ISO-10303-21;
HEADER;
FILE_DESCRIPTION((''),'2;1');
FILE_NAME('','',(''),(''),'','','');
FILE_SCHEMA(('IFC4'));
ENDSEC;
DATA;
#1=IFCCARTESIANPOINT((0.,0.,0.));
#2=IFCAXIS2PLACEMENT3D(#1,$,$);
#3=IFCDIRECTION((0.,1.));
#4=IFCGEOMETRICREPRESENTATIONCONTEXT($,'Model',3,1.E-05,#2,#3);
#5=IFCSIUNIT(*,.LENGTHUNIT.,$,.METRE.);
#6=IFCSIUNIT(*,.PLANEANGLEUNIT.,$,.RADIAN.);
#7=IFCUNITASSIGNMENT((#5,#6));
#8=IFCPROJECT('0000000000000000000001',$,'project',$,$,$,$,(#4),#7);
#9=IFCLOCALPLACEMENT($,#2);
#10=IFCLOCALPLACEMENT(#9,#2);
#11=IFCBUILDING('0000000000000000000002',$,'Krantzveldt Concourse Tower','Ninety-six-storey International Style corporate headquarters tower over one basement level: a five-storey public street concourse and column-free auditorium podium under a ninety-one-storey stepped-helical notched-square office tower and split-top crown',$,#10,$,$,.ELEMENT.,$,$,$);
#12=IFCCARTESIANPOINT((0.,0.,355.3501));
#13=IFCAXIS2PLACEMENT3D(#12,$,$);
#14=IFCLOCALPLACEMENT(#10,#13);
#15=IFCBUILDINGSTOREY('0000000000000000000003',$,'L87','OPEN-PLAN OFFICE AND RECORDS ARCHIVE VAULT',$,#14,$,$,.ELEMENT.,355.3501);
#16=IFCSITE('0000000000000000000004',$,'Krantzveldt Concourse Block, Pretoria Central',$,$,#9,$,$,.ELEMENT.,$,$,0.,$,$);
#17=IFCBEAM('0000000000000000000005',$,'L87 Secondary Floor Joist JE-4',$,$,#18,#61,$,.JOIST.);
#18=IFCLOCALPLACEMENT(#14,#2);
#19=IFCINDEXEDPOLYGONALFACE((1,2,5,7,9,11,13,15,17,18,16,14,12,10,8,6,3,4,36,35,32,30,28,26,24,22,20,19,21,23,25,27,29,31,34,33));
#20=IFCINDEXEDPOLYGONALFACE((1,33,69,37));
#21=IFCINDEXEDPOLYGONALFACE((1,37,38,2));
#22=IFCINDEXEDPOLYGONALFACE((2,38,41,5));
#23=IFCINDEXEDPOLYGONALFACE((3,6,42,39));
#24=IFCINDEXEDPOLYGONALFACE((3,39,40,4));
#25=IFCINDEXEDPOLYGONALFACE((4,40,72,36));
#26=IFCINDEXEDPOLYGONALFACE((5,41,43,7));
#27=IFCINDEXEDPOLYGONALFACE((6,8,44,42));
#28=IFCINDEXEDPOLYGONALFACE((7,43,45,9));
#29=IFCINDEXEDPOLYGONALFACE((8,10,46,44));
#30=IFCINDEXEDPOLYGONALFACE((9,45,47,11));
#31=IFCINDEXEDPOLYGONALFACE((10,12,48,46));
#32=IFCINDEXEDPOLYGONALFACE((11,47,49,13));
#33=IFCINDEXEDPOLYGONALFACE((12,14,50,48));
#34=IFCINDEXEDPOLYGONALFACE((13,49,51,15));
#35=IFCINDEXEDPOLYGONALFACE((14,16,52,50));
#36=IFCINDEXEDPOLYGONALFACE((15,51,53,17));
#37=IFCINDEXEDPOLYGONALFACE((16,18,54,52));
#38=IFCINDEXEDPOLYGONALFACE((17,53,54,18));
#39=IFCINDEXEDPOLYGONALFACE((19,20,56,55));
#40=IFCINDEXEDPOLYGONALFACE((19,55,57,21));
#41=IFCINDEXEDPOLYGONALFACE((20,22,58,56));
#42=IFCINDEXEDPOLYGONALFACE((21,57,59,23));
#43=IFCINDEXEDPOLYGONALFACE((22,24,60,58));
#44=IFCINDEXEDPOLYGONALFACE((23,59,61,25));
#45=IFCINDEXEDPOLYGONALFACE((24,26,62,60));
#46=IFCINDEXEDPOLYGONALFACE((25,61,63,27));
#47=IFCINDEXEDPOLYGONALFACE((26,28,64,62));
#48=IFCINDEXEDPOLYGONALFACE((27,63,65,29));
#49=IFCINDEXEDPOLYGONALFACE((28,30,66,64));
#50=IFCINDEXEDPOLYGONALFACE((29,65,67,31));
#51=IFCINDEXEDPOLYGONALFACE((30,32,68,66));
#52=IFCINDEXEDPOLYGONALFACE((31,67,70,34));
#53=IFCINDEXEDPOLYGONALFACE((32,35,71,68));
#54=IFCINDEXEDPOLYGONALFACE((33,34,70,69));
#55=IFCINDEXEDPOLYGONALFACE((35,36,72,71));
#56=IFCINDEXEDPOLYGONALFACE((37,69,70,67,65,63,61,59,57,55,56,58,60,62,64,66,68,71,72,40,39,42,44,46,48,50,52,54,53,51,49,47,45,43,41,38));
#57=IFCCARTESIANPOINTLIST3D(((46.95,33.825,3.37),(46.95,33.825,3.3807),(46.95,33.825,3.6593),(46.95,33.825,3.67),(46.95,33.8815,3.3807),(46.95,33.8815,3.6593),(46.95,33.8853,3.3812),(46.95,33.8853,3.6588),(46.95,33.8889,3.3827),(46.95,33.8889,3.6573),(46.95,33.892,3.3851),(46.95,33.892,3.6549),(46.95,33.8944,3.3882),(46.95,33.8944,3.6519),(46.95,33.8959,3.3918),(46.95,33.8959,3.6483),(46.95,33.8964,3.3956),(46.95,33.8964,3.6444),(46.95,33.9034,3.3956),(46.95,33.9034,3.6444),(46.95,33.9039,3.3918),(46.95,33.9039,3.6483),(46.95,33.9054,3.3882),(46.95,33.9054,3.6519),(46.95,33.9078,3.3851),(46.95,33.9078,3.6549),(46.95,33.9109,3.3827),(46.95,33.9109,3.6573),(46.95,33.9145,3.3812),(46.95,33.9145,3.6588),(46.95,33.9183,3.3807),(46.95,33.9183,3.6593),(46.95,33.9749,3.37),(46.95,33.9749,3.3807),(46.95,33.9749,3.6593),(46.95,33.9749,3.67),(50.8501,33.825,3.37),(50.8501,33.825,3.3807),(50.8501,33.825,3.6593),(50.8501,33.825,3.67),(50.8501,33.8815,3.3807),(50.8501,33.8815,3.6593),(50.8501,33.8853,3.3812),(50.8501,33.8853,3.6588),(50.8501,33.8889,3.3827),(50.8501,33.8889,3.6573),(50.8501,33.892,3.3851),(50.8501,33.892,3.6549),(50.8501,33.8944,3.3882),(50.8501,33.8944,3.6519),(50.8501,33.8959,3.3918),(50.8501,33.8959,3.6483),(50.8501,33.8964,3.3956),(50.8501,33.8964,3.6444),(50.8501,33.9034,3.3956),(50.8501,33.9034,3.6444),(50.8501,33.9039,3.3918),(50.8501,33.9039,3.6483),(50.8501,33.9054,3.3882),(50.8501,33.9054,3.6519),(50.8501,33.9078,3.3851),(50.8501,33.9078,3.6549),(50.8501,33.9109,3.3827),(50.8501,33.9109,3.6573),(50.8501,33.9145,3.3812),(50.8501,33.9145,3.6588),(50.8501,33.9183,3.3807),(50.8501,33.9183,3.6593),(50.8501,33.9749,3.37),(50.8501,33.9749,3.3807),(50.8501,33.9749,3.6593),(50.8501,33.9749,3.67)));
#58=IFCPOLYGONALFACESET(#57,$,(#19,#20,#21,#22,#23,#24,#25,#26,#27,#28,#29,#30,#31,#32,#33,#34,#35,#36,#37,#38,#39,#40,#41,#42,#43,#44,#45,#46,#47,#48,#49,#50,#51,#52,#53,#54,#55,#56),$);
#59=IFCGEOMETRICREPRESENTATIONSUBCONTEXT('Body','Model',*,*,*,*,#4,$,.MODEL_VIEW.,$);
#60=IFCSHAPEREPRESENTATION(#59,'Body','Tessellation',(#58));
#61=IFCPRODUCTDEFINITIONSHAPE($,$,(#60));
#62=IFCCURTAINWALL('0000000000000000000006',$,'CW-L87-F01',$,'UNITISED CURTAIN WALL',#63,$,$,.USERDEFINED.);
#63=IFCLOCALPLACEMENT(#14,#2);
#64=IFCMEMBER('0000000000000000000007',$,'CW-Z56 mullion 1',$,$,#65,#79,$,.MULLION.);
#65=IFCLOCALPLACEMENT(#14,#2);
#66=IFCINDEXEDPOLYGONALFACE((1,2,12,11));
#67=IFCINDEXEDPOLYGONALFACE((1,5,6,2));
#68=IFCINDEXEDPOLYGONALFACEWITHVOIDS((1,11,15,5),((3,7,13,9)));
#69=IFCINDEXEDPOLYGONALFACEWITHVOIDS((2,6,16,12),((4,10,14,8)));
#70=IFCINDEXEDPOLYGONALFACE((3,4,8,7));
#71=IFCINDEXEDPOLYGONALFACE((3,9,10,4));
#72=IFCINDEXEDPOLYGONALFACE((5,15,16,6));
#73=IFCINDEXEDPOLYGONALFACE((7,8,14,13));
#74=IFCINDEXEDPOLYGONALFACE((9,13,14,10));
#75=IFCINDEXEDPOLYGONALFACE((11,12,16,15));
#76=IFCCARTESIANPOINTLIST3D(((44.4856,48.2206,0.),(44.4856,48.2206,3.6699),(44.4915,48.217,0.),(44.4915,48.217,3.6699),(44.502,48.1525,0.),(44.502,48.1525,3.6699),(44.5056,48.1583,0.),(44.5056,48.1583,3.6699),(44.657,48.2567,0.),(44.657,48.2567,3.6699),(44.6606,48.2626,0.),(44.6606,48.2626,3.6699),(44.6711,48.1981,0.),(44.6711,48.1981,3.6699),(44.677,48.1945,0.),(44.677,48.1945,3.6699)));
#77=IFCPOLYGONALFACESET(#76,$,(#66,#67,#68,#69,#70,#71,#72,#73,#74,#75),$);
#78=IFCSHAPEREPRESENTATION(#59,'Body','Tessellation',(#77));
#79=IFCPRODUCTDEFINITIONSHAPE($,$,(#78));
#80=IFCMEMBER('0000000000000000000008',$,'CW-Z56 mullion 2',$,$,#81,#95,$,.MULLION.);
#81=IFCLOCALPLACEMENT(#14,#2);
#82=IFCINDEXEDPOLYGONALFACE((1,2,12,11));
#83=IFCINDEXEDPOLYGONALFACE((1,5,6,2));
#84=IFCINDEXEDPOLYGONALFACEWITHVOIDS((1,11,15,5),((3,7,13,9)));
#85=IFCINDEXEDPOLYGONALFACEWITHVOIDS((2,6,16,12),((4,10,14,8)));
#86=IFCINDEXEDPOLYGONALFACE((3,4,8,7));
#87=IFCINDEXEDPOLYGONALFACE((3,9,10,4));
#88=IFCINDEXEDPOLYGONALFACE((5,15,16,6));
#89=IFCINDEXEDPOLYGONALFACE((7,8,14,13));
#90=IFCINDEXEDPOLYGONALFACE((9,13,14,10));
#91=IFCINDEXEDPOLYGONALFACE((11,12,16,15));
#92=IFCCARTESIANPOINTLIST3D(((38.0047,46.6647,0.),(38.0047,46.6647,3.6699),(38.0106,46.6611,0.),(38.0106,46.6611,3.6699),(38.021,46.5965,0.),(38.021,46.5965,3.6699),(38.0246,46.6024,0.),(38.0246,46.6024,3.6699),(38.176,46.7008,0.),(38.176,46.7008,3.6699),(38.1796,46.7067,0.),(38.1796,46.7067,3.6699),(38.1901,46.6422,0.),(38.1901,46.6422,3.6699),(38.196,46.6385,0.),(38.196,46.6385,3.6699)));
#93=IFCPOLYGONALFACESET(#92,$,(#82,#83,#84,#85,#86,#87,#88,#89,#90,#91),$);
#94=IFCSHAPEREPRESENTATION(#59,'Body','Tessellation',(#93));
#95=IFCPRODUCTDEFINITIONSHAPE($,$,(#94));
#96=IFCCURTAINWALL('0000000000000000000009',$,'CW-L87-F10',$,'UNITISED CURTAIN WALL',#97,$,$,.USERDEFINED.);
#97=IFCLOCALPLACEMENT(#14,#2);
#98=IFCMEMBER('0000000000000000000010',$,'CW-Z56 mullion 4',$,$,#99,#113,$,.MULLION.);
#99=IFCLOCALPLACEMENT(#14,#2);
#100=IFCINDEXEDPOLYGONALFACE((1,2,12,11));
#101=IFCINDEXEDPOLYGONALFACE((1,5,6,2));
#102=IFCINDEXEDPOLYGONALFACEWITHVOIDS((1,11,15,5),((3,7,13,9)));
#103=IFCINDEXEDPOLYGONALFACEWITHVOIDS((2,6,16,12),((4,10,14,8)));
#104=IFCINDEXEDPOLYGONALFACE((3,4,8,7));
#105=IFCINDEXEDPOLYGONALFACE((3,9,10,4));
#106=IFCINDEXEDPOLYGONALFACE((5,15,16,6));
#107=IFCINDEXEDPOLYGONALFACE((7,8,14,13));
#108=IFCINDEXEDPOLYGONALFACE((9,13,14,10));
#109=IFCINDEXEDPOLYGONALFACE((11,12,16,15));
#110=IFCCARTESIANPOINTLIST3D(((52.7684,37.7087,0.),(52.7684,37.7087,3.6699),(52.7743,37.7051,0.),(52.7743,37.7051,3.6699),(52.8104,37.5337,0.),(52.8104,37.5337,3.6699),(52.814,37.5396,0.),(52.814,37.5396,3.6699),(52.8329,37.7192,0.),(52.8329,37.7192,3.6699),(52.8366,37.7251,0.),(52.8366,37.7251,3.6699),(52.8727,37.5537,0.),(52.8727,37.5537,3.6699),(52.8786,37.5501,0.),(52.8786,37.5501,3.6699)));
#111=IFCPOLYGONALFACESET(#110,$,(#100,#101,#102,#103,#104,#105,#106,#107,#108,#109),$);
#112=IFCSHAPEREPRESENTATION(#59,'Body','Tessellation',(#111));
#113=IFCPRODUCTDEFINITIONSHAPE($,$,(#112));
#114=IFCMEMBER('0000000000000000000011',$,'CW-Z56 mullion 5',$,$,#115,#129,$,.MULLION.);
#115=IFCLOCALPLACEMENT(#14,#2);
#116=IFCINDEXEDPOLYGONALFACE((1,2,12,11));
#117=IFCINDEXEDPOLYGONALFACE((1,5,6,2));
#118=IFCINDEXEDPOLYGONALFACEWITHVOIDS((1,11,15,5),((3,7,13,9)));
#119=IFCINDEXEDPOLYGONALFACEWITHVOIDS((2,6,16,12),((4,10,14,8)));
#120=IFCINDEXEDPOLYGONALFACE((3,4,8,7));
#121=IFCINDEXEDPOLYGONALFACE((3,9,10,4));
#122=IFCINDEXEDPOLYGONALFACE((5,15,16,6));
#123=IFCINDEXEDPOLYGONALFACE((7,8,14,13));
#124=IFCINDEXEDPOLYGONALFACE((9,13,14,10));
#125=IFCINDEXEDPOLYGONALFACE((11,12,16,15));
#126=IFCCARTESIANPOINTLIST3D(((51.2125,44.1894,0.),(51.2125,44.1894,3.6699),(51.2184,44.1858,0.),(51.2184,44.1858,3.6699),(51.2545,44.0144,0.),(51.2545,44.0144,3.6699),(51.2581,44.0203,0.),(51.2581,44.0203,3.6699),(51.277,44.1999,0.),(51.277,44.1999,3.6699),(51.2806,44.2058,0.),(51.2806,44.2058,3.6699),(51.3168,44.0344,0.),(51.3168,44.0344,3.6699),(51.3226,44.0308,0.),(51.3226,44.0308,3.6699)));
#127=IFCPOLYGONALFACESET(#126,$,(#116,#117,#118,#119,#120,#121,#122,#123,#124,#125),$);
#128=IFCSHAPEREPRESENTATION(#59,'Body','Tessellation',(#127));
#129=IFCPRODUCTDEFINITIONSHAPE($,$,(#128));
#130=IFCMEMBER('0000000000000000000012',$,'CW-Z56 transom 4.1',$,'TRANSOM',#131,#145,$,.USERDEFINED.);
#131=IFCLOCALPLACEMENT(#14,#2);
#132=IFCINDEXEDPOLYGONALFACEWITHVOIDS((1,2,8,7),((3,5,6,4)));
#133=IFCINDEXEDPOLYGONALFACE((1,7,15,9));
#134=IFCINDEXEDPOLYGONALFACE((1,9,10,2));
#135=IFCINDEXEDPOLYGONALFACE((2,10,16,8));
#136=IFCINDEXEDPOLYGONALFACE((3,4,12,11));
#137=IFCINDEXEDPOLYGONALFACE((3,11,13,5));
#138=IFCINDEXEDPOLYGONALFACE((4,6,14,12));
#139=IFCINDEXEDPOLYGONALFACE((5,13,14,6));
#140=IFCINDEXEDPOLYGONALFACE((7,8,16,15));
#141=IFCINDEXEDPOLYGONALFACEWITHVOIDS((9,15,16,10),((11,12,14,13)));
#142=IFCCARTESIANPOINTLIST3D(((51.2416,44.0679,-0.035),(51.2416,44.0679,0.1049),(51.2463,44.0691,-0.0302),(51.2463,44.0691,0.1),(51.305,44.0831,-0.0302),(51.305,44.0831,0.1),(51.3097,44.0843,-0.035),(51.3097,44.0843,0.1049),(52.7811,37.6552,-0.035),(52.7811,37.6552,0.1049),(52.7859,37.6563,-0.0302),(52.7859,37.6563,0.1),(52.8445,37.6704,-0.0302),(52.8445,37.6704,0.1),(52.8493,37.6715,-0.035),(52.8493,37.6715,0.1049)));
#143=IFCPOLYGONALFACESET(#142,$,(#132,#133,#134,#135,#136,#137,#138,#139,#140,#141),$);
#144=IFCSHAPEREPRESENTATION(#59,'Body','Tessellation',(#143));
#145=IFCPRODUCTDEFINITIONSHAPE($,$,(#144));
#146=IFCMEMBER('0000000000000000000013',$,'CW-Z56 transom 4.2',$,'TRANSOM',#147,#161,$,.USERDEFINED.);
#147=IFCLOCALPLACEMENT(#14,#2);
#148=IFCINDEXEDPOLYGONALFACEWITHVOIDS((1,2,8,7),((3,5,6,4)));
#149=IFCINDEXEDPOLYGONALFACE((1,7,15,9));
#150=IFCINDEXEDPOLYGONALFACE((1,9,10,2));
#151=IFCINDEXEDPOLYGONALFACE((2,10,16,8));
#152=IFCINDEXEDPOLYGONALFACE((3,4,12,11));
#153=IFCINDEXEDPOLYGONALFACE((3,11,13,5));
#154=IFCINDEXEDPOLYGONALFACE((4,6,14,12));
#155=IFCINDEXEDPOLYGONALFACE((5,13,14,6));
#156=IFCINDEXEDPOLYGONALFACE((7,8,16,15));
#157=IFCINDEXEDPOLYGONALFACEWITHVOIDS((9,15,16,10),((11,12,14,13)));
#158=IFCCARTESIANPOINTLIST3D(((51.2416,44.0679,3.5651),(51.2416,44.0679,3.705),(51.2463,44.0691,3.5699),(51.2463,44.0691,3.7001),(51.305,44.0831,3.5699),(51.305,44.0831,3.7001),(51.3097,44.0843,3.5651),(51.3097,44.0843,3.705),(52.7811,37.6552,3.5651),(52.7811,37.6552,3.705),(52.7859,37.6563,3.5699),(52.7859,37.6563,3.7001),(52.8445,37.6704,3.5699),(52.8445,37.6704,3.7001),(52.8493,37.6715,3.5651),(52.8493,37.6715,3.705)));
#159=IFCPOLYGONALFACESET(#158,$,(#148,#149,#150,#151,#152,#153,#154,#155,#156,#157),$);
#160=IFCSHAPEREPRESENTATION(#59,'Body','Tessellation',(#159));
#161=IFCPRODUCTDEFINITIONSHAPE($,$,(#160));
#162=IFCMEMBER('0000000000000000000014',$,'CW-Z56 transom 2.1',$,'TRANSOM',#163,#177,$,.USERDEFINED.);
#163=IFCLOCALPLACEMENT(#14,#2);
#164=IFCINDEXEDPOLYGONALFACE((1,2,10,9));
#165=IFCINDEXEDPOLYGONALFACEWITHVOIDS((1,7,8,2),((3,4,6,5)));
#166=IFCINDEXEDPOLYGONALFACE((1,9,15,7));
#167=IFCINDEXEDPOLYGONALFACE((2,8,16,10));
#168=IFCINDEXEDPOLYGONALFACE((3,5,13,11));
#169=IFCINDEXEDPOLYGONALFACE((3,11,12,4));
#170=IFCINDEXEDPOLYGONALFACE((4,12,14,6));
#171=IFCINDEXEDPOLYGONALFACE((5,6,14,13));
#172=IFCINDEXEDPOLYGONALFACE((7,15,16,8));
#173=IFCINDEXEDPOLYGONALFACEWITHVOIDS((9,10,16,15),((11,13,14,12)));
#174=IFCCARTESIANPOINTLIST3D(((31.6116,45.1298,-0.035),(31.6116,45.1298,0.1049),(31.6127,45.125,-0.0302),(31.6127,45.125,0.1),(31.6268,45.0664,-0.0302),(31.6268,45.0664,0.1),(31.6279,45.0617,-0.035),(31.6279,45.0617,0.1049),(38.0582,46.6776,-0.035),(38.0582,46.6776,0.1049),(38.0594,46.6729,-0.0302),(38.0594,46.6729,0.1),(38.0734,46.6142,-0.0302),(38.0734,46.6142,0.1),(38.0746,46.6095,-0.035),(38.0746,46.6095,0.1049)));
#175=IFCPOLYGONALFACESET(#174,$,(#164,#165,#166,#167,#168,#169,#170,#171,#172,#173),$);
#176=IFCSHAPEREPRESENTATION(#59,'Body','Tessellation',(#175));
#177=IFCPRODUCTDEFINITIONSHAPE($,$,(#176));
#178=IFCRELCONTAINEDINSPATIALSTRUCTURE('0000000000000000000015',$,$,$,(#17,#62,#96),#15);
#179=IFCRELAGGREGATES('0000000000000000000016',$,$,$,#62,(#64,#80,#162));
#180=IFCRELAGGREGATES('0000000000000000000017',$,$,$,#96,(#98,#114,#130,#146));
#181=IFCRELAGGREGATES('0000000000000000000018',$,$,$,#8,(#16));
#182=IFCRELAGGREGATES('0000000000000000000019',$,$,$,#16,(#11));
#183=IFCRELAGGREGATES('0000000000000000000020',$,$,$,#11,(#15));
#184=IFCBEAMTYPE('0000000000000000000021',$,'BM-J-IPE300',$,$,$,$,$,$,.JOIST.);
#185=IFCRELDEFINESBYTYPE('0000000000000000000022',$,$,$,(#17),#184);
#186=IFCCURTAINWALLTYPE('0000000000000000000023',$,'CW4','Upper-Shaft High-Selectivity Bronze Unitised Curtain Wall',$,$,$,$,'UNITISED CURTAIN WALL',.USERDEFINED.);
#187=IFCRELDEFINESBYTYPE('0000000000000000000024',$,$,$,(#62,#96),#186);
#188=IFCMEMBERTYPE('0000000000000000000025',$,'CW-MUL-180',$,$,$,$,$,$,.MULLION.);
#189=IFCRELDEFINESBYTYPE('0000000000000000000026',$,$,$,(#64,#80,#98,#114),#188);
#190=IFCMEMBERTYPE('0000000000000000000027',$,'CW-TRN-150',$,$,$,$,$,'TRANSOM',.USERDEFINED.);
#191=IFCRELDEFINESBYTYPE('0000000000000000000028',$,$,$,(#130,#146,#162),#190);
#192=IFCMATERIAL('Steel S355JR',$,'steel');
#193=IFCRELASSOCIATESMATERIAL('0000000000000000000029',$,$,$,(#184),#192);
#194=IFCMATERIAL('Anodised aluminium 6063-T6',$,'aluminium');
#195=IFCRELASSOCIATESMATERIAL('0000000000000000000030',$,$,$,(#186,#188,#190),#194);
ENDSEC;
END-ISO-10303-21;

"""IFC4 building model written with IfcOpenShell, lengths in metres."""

from ifc_helpers import new_model, si_unit, direction, frame, origin, origin_2d, place, context, subcontext, project, spatial, hollow_rectangle, i_section, extrude, source, transform, mapped, material, material_profile, profile_set, type_object, type_shapes, element, aggregate, save


model = new_model("IFC4")

# Units and contexts
model_context = context("Model", 3, precision=1e-05, world=origin(), true_north=direction((0.0, 1.0)))
body_context = subcontext(model_context, "Body", "Model", "MODEL_VIEW")
ifc_project = project(units=[si_unit("LENGTHUNIT", "METRE"), si_unit("PLANEANGLEUNIT", "RADIAN")], contexts=[model_context])

# Site, building, storey
site_placement = place(None, origin())
site = spatial("IfcSite", under=ifc_project, at=site_placement, Name="Krantzveldt Concourse Block, Pretoria Central", CompositionType="ELEMENT", RefElevation=0.0)
building_placement = place(site_placement, origin())
building = spatial("IfcBuilding", under=site, at=building_placement, Name="Krantzveldt Concourse Tower", Description="Ninety-six-storey International Style corporate headquarters tower over one basement level: a five-storey public street concourse and column-free auditorium podium under a ninety-one-storey stepped-helical notched-square office tower and split-top crown", CompositionType="ELEMENT")
storey_placement = place(building_placement, frame((0.0, 0.0, 355.3501)))
storey = spatial("IfcBuildingStorey", under=building, at=storey_placement, Name="L87", Description="OPEN-PLAN OFFICE AND RECORDS ARCHIVE VAULT", CompositionType="ELEMENT", Elevation=355.3501)

# Beam
ifc_material_1 = material(Name="Steel S355JR", Category="steel")
ifc_material_profile_1 = material_profile(ifc_material_1, i_section(OverallWidth=0.1499, OverallDepth=0.3, WebThickness=0.0071, FlangeThickness=0.0107, FilletRadius=0.0149, at=origin_2d()), Name="Steel S355JR", Category="steel")
ifc_profile_set_1 = profile_set([ifc_material_profile_1], Name="Steel S355JR - IPE 300")
beam_type_1 = type_object("IfcBeamType", Name="BM-J-IPE300", PredefinedType="JOIST", material=ifc_profile_set_1)
shared_shape_1 = source(origin(), body_context, "Body", "SweptSolid", [
    extrude(i_section(OverallWidth=0.1499, OverallDepth=0.3, WebThickness=0.0071, FlangeThickness=0.0107, FilletRadius=0.0149, at=origin_2d()), origin(), (0.0, 0.0, 1.0), 3.9001),
])
type_shapes(beam_type_1, [shared_shape_1])
beam_1_placement = place(storey_placement, frame((46.95, 33.8999, 3.52), z_axis=(1.0, 0.0, 0.0), x_axis=(0.0, 1.0, 0.0)))
element("IfcBeam", 1, at=beam_1_placement, inside=storey, type_object=beam_type_1, Name="L87 Secondary Floor Joist JE-4", PredefinedType="JOIST", context=body_context, shape_type="MappedRepresentation", body=[
    mapped(shared_shape_1, transform((0.0, 0.0, 0.0), x_axis=(1.0, 0.0, 0.0), y_axis=(0.0, 1.0, 0.0), z_axis=(0.0, 0.0, 1.0), scale=1.0)),
])

# Curtain walls, members
ifc_material_2 = material(Name="Anodised aluminium 6063-T6", Category="aluminium")
curtain_wall_type = type_object("IfcCurtainWallType", Name="CW4", Description="Upper-Shaft High-Selectivity Bronze Unitised Curtain Wall", ElementType="UNITISED CURTAIN WALL", PredefinedType="USERDEFINED", material=ifc_material_2)
curtain_wall_1_placement = place(storey_placement, origin())
curtain_wall_1 = element("IfcCurtainWall", 2, at=curtain_wall_1_placement, inside=storey, type_object=curtain_wall_type, Name="CW-L87-F01", ObjectType="UNITISED CURTAIN WALL", PredefinedType="USERDEFINED")
ifc_material_profile_2 = material_profile(ifc_material_2, hollow_rectangle(XDim=0.0701, YDim=0.1799, WallThickness=0.0049, at=origin_2d()), Name="Anodised aluminium 6063-T6", Category="aluminium")
ifc_profile_set_2 = profile_set([ifc_material_profile_2], Name="Anodised aluminium 6063-T6 - ALU-MULL 180x70x5")
member_type_1 = type_object("IfcMemberType", Name="CW-MUL-180", PredefinedType="MULLION", material=ifc_profile_set_2)
shared_shape_2 = source(origin(), body_context, "Body", "SweptSolid", [
    extrude(hollow_rectangle(XDim=0.0701, YDim=0.1799, WallThickness=0.0049, at=origin_2d()), origin(), (0.0, 0.0, 1.0), 3.6699),
])
type_shapes(member_type_1, [shared_shape_2])
member_1_placement = place(storey_placement, frame((44.5813, 48.2075, 0.0), z_axis=(0.0, 0.0, 1.0), x_axis=(0.233445, -0.97237, 0.0)))
member_1 = element("IfcMember", 3, at=member_1_placement, type_object=member_type_1, Name="CW-Z56 mullion 1", PredefinedType="MULLION", context=body_context, shape_type="MappedRepresentation", body=[
    mapped(shared_shape_2, transform((0.0, 0.0, 0.0), x_axis=(1.0, 0.0, 0.0), y_axis=(0.0, 1.0, 0.0), z_axis=(0.0, 0.0, 1.0), scale=1.0)),
])
member_2_placement = place(storey_placement, frame((38.1003, 46.6516, 0.0), z_axis=(0.0, 0.0, 1.0), x_axis=(0.233445, -0.97237, 0.0)))
member_2 = element("IfcMember", 4, at=member_2_placement, type_object=member_type_1, Name="CW-Z56 mullion 2", PredefinedType="MULLION", context=body_context, shape_type="MappedRepresentation", body=[
    mapped(shared_shape_2, transform((0.0, 0.0, 0.0), x_axis=(1.0, 0.0, 0.0), y_axis=(0.0, 1.0, 0.0), z_axis=(0.0, 0.0, 1.0), scale=1.0)),
])
curtain_wall_2_placement = place(storey_placement, origin())
curtain_wall_2 = element("IfcCurtainWall", 5, at=curtain_wall_2_placement, inside=storey, type_object=curtain_wall_type, Name="CW-L87-F10", ObjectType="UNITISED CURTAIN WALL", PredefinedType="USERDEFINED")
member_3_placement = place(storey_placement, frame((52.8235, 37.6294, 0.0), z_axis=(0.0, 0.0, 1.0), x_axis=(-0.97237, -0.233445, 0.0)))
member_3 = element("IfcMember", 6, at=member_3_placement, type_object=member_type_1, Name="CW-Z56 mullion 4", PredefinedType="MULLION", context=body_context, shape_type="MappedRepresentation", body=[
    mapped(shared_shape_2, transform((0.0, 0.0, 0.0), x_axis=(1.0, 0.0, 0.0), y_axis=(0.0, 1.0, 0.0), z_axis=(0.0, 0.0, 1.0), scale=1.0)),
])
member_4_placement = place(storey_placement, frame((51.2676, 44.1101, 0.0), z_axis=(0.0, 0.0, 1.0), x_axis=(-0.97237, -0.233445, 0.0)))
member_4 = element("IfcMember", 7, at=member_4_placement, type_object=member_type_1, Name="CW-Z56 mullion 5", PredefinedType="MULLION", context=body_context, shape_type="MappedRepresentation", body=[
    mapped(shared_shape_2, transform((0.0, 0.0, 0.0), x_axis=(1.0, 0.0, 0.0), y_axis=(0.0, 1.0, 0.0), z_axis=(0.0, 0.0, 1.0), scale=1.0)),
])
ifc_material_profile_3 = material_profile(ifc_material_2, hollow_rectangle(XDim=0.0701, YDim=0.1399, WallThickness=0.0049, at=origin_2d()), Name="Anodised aluminium 6063-T6", Category="aluminium")
ifc_profile_set_3 = profile_set([ifc_material_profile_3], Name="Anodised aluminium 6063-T6 - ALU-TRAN 140x70x5")
member_type_2 = type_object("IfcMemberType", Name="CW-TRN-150", ElementType="TRANSOM", PredefinedType="USERDEFINED", material=ifc_profile_set_3)
shared_shape_3 = source(origin(), body_context, "Body", "SweptSolid", [
    extrude(hollow_rectangle(XDim=0.0701, YDim=0.1399, WallThickness=0.0049, at=origin_2d()), origin(), (0.0, 0.0, 1.0), 6.595),
])
member_5_placement = place(storey_placement, frame((52.8152, 37.6633, 0.0349), z_axis=(-0.23344, 0.972371, 0.0), x_axis=(-0.972371, -0.23344, 0.0)))
member_5 = element("IfcMember", 8, at=member_5_placement, type_object=member_type_2, Name="CW-Z56 transom 4.1", ObjectType="TRANSOM", PredefinedType="USERDEFINED", context=body_context, shape_type="MappedRepresentation", body=[
    mapped(shared_shape_3, transform((0.0, 0.0, 0.0), x_axis=(1.0, 0.0, 0.0), y_axis=(0.0, 1.0, 0.0), z_axis=(0.0, 0.0, 1.0), scale=1.0)),
])
member_6_placement = place(storey_placement, frame((52.8152, 37.6633, 3.635), z_axis=(-0.23344, 0.972371, 0.0), x_axis=(-0.972371, -0.23344, 0.0)))
member_6 = element("IfcMember", 9, at=member_6_placement, type_object=member_type_2, Name="CW-Z56 transom 4.2", ObjectType="TRANSOM", PredefinedType="USERDEFINED", context=body_context, shape_type="MappedRepresentation", body=[
    mapped(shared_shape_3, transform((0.0, 0.0, 0.0), x_axis=(1.0, 0.0, 0.0), y_axis=(0.0, 1.0, 0.0), z_axis=(0.0, 0.0, 1.0), scale=1.0)),
])

# Member
shared_shape_4 = source(origin(), body_context, "Body", "SweptSolid", [
    extrude(hollow_rectangle(XDim=0.0701, YDim=0.1399, WallThickness=0.0049, at=origin_2d()), origin(), (0.0, 0.0, 1.0), 6.6299),
])
member_7_placement = place(storey_placement, frame((38.0664, 46.6436, 0.0349), z_axis=(-0.972366, -0.233462, 0.0), x_axis=(0.233462, -0.972366, 0.0)))
member_7 = element("IfcMember", 10, at=member_7_placement, type_object=member_type_2, Name="CW-Z56 transom 2.1", ObjectType="TRANSOM", PredefinedType="USERDEFINED", context=body_context, shape_type="MappedRepresentation", body=[
    mapped(shared_shape_4, transform((0.0, 0.0, 0.0), x_axis=(1.0, 0.0, 0.0), y_axis=(0.0, 1.0, 0.0), z_axis=(0.0, 0.0, 1.0), scale=1.0)),
])

aggregate(curtain_wall_1, [member_1, member_2, member_7])
aggregate(curtain_wall_2, [member_3, member_4, member_5, member_6])

save(model, "model.ifc")
